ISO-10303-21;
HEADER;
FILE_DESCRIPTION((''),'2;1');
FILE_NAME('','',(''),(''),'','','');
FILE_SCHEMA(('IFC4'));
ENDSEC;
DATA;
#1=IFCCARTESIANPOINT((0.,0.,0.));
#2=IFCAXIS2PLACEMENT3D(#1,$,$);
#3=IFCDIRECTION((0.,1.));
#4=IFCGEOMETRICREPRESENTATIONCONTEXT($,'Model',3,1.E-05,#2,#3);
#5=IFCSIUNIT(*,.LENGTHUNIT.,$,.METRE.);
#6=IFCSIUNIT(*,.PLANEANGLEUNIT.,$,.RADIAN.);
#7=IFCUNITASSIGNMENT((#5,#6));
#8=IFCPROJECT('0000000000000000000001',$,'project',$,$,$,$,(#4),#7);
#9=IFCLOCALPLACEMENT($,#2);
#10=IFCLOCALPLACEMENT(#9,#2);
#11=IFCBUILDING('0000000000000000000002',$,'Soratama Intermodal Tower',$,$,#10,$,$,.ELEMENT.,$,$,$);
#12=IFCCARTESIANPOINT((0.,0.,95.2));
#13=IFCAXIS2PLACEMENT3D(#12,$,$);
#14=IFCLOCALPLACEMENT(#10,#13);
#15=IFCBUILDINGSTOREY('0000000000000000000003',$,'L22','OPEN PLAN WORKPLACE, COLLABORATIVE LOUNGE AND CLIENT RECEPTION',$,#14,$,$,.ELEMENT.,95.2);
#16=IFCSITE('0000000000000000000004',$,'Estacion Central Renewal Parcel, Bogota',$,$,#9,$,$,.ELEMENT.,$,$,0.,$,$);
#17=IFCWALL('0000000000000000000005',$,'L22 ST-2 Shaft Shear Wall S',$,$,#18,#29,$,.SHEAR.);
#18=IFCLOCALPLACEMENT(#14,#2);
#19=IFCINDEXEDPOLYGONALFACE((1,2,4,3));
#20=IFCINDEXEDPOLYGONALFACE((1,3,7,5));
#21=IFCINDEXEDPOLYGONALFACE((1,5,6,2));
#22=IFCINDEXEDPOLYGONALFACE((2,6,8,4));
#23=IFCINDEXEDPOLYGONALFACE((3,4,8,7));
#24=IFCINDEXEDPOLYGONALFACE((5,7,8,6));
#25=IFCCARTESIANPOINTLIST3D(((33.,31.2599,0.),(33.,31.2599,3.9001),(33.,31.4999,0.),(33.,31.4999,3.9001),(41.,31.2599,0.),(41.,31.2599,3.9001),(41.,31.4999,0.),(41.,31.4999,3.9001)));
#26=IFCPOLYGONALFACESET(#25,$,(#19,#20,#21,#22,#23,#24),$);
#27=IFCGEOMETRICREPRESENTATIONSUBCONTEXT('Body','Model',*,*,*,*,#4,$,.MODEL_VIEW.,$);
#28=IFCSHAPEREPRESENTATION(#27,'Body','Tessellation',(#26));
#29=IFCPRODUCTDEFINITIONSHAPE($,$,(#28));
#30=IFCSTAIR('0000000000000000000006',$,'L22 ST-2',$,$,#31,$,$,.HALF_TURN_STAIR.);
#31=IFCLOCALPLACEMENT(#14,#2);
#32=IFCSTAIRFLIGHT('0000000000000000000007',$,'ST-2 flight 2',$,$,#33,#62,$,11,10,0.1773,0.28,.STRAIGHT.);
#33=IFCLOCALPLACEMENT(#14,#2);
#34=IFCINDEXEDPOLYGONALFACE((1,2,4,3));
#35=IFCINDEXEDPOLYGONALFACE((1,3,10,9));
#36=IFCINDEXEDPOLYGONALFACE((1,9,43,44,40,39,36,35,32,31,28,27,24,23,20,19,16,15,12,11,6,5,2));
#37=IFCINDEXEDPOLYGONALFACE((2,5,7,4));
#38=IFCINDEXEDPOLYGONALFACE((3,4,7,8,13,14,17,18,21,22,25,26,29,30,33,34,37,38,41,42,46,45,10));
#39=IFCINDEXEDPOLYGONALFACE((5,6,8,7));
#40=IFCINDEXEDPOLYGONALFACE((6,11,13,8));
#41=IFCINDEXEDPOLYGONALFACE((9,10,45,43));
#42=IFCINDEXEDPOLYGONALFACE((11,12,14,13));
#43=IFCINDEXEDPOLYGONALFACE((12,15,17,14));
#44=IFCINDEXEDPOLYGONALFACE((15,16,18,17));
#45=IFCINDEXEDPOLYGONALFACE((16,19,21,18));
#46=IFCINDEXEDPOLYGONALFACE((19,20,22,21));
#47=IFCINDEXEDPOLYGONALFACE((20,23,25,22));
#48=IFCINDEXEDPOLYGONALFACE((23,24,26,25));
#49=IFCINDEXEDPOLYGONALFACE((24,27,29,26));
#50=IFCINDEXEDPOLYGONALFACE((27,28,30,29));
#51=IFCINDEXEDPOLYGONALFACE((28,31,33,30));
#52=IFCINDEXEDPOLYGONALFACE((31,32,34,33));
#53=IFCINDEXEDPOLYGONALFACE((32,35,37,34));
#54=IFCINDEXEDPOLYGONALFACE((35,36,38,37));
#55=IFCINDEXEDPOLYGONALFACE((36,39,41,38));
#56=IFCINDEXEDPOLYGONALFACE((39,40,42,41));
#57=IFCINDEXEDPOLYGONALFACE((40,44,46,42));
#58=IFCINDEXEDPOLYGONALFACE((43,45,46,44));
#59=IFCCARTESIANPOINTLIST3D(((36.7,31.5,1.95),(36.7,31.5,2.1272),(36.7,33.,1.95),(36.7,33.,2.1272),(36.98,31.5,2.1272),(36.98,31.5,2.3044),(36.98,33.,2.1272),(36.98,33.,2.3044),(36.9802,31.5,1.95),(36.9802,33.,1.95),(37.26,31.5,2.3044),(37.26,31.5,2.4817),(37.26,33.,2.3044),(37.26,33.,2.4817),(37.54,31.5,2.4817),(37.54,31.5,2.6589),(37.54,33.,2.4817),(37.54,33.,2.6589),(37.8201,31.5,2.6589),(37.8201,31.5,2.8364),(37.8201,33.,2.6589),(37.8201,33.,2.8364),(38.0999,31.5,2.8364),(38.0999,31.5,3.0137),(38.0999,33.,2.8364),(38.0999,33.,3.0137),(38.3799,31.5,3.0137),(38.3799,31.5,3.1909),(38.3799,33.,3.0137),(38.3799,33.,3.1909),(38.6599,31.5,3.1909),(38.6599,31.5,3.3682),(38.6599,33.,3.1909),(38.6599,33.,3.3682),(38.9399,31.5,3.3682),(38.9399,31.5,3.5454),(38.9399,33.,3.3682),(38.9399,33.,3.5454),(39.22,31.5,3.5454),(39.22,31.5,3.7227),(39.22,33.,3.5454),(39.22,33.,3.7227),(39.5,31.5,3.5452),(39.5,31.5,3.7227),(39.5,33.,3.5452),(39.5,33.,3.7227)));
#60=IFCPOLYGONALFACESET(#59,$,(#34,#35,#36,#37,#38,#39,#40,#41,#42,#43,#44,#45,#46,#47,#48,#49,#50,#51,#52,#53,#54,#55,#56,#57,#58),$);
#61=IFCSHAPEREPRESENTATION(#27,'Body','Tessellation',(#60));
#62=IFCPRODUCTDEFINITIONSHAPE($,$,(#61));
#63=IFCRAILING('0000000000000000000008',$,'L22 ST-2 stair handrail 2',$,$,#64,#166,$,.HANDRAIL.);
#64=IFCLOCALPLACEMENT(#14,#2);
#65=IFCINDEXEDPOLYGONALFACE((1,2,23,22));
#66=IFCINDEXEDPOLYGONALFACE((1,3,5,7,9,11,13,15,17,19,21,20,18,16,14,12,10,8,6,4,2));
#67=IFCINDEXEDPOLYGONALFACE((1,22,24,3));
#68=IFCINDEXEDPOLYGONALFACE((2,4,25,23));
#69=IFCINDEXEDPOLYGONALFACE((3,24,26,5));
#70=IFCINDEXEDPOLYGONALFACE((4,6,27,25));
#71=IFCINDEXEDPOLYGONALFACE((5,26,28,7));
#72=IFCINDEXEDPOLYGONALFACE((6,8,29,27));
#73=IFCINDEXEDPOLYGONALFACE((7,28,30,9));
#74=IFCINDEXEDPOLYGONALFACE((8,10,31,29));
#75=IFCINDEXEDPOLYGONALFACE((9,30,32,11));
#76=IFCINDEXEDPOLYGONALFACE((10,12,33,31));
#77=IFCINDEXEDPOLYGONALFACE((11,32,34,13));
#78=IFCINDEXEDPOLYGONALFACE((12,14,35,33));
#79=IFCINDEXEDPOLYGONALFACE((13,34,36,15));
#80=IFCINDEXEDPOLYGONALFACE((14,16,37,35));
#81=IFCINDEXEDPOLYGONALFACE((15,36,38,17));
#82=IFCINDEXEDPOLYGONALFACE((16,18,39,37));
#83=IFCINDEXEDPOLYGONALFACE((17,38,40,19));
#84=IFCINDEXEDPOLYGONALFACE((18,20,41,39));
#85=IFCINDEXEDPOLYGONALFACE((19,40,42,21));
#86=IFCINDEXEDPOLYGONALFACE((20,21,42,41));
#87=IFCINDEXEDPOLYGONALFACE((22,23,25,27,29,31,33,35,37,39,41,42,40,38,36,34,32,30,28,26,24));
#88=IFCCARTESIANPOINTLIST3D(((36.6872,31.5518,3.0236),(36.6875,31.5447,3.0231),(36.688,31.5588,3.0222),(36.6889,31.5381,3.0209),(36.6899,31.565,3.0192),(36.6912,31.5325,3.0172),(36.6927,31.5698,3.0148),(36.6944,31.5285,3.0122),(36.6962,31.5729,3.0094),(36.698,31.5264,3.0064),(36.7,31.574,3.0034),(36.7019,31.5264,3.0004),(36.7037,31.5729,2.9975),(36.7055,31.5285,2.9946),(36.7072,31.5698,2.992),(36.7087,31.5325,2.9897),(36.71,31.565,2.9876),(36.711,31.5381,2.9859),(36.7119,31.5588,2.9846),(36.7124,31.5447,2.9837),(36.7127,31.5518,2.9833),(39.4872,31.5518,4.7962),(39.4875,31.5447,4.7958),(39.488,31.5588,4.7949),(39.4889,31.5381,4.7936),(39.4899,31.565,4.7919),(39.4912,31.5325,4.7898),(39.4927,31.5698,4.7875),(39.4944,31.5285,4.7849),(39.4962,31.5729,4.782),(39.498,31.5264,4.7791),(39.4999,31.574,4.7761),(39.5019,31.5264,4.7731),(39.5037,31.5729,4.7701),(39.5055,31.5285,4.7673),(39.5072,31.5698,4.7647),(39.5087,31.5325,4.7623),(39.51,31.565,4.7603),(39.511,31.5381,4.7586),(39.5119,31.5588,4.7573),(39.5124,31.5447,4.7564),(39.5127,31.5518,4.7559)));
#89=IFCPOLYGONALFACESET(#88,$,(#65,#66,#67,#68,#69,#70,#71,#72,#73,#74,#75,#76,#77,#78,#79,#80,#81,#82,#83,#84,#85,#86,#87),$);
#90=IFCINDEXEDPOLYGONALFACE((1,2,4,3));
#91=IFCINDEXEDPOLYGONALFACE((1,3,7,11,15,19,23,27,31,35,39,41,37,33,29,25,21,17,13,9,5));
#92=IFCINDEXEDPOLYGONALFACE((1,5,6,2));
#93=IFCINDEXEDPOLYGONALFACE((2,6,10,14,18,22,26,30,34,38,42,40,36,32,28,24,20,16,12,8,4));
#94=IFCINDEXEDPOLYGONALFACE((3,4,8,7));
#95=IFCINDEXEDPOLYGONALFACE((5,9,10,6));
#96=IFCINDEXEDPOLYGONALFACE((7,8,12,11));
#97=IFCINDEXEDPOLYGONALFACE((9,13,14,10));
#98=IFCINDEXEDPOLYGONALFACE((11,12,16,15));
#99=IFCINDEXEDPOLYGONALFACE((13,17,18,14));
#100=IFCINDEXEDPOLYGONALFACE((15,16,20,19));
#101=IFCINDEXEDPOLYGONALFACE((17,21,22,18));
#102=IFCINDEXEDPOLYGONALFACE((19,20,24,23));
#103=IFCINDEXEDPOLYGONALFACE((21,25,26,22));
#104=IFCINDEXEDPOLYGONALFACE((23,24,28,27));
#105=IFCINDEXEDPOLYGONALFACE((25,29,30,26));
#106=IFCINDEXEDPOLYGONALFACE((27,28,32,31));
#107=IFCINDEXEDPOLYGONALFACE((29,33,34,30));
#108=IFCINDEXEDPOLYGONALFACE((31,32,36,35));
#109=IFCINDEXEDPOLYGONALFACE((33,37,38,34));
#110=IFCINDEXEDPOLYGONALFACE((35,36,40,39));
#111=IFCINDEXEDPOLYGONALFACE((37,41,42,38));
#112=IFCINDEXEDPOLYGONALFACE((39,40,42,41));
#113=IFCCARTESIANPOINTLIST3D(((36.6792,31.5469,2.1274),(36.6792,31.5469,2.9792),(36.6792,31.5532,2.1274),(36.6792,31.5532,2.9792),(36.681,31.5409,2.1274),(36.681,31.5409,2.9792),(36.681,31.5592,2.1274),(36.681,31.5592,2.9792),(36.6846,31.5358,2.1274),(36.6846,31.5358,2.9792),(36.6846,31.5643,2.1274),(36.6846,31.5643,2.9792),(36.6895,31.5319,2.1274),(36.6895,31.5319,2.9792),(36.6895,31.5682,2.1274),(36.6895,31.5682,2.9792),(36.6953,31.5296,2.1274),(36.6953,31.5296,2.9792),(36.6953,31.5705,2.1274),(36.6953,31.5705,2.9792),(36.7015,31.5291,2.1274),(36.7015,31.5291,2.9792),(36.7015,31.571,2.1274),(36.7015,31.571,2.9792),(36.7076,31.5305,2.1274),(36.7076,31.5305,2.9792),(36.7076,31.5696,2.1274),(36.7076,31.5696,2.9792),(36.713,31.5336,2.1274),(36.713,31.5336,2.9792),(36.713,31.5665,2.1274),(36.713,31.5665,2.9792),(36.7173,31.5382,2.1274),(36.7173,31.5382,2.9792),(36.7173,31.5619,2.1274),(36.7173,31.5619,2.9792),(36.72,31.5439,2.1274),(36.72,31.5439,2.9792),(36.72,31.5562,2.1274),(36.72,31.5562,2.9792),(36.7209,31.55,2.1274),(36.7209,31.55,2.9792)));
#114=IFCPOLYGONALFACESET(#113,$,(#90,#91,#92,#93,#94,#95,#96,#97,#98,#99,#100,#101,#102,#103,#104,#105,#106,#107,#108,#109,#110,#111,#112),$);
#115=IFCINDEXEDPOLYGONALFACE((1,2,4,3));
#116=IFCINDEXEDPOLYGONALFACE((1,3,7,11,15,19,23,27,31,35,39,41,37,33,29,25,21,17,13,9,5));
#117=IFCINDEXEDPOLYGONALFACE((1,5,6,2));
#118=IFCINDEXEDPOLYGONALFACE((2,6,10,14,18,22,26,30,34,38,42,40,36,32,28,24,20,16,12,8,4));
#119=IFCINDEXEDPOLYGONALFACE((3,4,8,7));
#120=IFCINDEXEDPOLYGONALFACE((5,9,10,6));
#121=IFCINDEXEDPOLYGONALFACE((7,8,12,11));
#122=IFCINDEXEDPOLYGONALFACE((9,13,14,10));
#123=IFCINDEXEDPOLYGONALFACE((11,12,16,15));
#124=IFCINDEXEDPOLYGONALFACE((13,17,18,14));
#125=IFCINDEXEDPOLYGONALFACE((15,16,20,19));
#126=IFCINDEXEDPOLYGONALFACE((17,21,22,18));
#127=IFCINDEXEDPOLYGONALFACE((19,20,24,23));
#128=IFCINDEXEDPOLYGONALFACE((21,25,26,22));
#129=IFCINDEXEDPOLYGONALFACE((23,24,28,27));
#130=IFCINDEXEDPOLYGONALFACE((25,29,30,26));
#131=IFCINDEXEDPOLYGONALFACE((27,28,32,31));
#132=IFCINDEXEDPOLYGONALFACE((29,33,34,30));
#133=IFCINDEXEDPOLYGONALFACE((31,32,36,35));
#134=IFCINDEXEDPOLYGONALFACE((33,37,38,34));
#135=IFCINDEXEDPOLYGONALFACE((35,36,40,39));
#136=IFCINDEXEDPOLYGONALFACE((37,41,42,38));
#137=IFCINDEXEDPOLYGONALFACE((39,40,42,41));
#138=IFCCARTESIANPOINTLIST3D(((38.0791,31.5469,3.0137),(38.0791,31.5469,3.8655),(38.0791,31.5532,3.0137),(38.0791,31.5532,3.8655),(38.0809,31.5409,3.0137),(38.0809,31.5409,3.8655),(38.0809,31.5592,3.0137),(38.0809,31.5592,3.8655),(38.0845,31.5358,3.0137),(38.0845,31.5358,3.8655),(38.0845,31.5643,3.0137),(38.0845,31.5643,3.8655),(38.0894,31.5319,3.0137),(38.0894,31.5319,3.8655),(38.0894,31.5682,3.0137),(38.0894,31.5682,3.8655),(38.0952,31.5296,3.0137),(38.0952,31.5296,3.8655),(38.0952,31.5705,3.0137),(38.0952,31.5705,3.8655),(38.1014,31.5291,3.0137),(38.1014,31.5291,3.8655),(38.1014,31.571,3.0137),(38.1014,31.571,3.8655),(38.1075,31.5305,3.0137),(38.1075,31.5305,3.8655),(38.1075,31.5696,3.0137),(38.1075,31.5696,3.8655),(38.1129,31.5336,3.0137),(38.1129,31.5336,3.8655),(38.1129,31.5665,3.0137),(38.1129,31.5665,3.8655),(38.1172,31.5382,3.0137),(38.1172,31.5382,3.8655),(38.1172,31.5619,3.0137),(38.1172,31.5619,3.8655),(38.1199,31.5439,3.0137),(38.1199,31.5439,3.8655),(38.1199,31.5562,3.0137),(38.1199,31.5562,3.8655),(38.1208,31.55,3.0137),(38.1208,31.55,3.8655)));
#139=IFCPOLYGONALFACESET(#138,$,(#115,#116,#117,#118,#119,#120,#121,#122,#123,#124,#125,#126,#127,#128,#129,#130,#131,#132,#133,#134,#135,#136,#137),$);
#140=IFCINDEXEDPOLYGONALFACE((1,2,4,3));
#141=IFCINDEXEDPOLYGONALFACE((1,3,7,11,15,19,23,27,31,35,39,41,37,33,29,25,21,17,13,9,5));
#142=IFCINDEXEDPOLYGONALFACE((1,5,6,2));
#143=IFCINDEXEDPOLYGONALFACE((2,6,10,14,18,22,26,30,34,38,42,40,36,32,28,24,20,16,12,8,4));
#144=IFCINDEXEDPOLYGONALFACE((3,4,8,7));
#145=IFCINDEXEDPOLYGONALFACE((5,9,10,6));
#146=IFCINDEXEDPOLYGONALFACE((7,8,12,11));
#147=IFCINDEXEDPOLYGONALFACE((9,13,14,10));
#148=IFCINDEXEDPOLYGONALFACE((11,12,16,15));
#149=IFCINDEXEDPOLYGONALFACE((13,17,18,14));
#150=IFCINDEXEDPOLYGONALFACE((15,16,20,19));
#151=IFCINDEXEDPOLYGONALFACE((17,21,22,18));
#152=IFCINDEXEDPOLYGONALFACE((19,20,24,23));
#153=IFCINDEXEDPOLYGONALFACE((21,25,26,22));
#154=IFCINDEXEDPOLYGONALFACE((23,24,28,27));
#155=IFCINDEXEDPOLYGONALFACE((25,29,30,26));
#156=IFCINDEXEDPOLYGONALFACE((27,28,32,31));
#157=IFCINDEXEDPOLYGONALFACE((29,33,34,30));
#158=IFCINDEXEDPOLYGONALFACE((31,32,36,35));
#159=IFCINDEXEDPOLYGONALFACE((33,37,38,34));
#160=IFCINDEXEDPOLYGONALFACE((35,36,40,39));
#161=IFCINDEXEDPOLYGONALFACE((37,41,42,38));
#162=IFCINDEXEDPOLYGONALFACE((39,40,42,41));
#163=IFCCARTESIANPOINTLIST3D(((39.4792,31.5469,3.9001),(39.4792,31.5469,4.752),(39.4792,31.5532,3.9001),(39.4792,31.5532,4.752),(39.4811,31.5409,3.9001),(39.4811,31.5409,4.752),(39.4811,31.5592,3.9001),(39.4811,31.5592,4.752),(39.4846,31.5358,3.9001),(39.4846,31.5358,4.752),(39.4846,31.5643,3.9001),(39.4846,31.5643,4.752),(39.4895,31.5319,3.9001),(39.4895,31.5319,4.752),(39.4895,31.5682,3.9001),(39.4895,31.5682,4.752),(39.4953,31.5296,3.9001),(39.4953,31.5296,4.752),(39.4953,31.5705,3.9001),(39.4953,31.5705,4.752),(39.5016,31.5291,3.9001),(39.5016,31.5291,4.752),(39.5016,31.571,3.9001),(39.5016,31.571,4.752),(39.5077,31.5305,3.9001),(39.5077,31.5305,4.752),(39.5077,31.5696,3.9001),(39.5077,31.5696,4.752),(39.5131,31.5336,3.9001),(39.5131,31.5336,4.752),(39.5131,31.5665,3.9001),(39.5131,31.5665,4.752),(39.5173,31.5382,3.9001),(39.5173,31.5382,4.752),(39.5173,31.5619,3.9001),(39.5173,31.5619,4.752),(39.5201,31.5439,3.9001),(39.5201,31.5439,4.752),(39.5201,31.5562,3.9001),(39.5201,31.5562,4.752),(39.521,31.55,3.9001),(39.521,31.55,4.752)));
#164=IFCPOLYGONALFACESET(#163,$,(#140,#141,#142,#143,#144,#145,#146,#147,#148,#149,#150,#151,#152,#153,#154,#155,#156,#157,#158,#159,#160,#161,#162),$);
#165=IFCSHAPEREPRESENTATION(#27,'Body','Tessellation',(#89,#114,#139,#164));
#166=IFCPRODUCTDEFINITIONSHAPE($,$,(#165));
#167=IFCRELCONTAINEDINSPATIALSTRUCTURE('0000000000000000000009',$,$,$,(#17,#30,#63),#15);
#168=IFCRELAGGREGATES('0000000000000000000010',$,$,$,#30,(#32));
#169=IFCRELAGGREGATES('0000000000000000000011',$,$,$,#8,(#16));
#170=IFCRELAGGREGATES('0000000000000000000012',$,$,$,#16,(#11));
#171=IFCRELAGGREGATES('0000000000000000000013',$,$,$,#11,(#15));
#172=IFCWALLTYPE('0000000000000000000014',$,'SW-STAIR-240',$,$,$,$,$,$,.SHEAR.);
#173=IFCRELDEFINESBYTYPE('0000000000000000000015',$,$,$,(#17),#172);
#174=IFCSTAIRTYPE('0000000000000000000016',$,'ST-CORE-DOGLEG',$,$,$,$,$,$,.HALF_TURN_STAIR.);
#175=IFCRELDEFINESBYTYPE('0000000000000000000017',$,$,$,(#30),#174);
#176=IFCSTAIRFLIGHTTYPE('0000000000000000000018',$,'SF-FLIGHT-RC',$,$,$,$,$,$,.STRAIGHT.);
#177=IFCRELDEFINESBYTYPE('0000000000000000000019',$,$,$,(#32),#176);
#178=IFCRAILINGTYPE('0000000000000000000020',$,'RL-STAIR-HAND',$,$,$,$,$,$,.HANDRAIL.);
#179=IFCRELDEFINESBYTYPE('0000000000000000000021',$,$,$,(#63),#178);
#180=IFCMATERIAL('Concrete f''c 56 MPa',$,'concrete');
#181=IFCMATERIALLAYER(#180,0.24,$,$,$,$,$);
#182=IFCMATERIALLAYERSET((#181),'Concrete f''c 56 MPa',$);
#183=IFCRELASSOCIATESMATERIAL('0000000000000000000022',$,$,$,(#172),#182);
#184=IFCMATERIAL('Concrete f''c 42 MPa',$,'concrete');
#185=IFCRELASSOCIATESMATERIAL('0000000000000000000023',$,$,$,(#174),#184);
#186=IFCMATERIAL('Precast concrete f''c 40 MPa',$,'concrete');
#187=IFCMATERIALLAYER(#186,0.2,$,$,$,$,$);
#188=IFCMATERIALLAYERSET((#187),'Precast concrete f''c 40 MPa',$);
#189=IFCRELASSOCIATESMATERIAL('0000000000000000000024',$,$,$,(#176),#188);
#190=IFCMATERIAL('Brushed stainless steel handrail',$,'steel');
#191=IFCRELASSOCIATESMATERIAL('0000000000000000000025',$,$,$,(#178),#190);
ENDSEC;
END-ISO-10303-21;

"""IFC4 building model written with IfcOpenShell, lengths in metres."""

from ifc_helpers import new_model, si_unit, direction, frame, frame_2d, origin, origin_2d, place, context, subcontext, project, spatial, polyline, rectangle, circle, outline, extrude, material, layer, layer_set, type_object, element, aggregate, save


model = new_model("IFC4")

# Units and contexts
model_context = context("Model", 3, precision=1e-05, world=origin(), true_north=direction((0.0, 1.0)))
body_context = subcontext(model_context, "Body", "Model", "MODEL_VIEW")
ifc_project = project(units=[si_unit("LENGTHUNIT", "METRE"), si_unit("PLANEANGLEUNIT", "RADIAN")], contexts=[model_context])

# Site, building, storey
site_placement = place(None, origin())
site = spatial("IfcSite", under=ifc_project, at=site_placement, Name="Estacion Central Renewal Parcel, Bogota", CompositionType="ELEMENT", RefElevation=0.0)
building_placement = place(site_placement, origin())
building = spatial("IfcBuilding", under=site, at=building_placement, Name="Soratama Intermodal Tower", CompositionType="ELEMENT")
storey_placement = place(building_placement, frame((0.0, 0.0, 95.2)))
storey = spatial("IfcBuildingStorey", under=building, at=storey_placement, Name="L22", Description="OPEN PLAN WORKPLACE, COLLABORATIVE LOUNGE AND CLIENT RECEPTION", CompositionType="ELEMENT", Elevation=95.2)

# Wall
ifc_material_1 = material(Name="Concrete f'c 56 MPa", Category="concrete")
ifc_layer_1 = layer(ifc_material_1, 0.24)
ifc_layer_set_1 = layer_set([ifc_layer_1], Name="Concrete f'c 56 MPa")
wall_type_1 = type_object("IfcWallType", Name="SW-STAIR-240", PredefinedType="SHEAR", material=ifc_layer_set_1)
wall_1_placement = place(storey_placement, frame((33.0, 31.3799, 0.0), z_axis=(0.0, 0.0, 1.0), x_axis=(1.0, 0.0, 0.0)))
element("IfcWall", 1, at=wall_1_placement, inside=storey, type_object=wall_type_1, Name="L22 ST-2 Shaft Shear Wall S", PredefinedType="SHEAR", context=body_context, shape_type="SweptSolid", body=[
    extrude(rectangle(XDim=8.0, YDim=0.24, at=frame_2d((4.0, 0.0))), origin(), (0.0, 0.0, 1.0), 3.9001),
])

# Stair, stair flight
ifc_material_2 = material(Name="Concrete f'c 42 MPa", Category="concrete")
stair_type = type_object("IfcStairType", Name="ST-CORE-DOGLEG", PredefinedType="HALF_TURN_STAIR", material=ifc_material_2)
stair_placement = place(storey_placement, origin())
stair = element("IfcStair", 2, at=stair_placement, inside=storey, type_object=stair_type, Name="L22 ST-2", PredefinedType="HALF_TURN_STAIR")
ifc_material_3 = material(Name="Precast concrete f'c 40 MPa", Category="concrete")
ifc_layer_2 = layer(ifc_material_3, 0.2)
ifc_layer_set_2 = layer_set([ifc_layer_2], Name="Precast concrete f'c 40 MPa")
stair_flight_type = type_object("IfcStairFlightType", Name="SF-FLIGHT-RC", PredefinedType="STRAIGHT", material=ifc_layer_set_2)
stair_flight_placement = place(storey_placement, frame((36.7, 32.25, 1.95), z_axis=(0.0, 0.0, 1.0), x_axis=(1.0, 0.0, 0.0)))
stair_flight = element("IfcStairFlight", 3, at=stair_flight_placement, type_object=stair_flight_type, Name="ST-2 flight 2", NumberOfRisers=11, NumberOfTreads=10, PredefinedType="STRAIGHT", RiserHeight=0.1773, TreadLength=0.28, context=body_context, shape_type="SweptSolid", body=[
    extrude(outline(polyline([(0.0, 0.0), (0.0, 0.1772), (0.28, 0.1772), (0.28, 0.3545), (0.5601, 0.3545), (0.5601, 0.5317), (0.8401, 0.5317), (0.8401, 0.709), (1.1201, 0.709), (1.1201, 0.8865), (1.3999, 0.8865), (1.3999, 1.0637), (1.6799, 1.0637), (1.6799, 1.241), (1.96, 1.241), (1.96, 1.4182), (2.24, 1.4182), (2.24, 1.5955), (2.52, 1.5955), (2.52, 1.7727), (2.8, 1.7727), (2.8, 1.95), (2.8, 1.5952), (0.2803, 0.0), (0.0, 0.0)])), frame((0.0, 0.75, 0.0), z_axis=(0.0, -1.0, 0.0), x_axis=(1.0, 0.0, 0.0)), (0.0, 0.0, 1.0), 1.5),
])
aggregate(stair, [stair_flight])

# Railing
ifc_material_4 = material(Name="Brushed stainless steel handrail", Category="steel")
railing_type = type_object("IfcRailingType", Name="RL-STAIR-HAND", PredefinedType="HANDRAIL", material=ifc_material_4)
railing_placement = place(storey_placement, frame((36.7, 31.55, 2.1274)))
element("IfcRailing", 4, at=railing_placement, inside=storey, type_object=railing_type, Name="L22 ST-2 stair handrail 2", PredefinedType="HANDRAIL", context=body_context, shape_type="SweptSolid", body=[
    extrude(circle(Radius=0.0239, at=origin_2d()), frame((0.0, 0.0, 0.876), z_axis=(0.844909, 0.0, 0.53491), x_axis=(0.0, 1.0, 0.0)), (0.0, 0.0, 1.0), 3.314),
    extrude(circle(Radius=0.021, at=origin_2d()), origin(), (0.0, 0.0, 1.0), 0.8518),
    extrude(circle(Radius=0.021, at=origin_2d()), frame((1.3999, 0.0, 0.8862)), (0.0, 0.0, 1.0), 0.8518),
    extrude(circle(Radius=0.021, at=origin_2d()), frame((2.8, 0.0, 1.7727)), (0.0, 0.0, 1.0), 0.8518),
])

save(model, "model.ifc")
